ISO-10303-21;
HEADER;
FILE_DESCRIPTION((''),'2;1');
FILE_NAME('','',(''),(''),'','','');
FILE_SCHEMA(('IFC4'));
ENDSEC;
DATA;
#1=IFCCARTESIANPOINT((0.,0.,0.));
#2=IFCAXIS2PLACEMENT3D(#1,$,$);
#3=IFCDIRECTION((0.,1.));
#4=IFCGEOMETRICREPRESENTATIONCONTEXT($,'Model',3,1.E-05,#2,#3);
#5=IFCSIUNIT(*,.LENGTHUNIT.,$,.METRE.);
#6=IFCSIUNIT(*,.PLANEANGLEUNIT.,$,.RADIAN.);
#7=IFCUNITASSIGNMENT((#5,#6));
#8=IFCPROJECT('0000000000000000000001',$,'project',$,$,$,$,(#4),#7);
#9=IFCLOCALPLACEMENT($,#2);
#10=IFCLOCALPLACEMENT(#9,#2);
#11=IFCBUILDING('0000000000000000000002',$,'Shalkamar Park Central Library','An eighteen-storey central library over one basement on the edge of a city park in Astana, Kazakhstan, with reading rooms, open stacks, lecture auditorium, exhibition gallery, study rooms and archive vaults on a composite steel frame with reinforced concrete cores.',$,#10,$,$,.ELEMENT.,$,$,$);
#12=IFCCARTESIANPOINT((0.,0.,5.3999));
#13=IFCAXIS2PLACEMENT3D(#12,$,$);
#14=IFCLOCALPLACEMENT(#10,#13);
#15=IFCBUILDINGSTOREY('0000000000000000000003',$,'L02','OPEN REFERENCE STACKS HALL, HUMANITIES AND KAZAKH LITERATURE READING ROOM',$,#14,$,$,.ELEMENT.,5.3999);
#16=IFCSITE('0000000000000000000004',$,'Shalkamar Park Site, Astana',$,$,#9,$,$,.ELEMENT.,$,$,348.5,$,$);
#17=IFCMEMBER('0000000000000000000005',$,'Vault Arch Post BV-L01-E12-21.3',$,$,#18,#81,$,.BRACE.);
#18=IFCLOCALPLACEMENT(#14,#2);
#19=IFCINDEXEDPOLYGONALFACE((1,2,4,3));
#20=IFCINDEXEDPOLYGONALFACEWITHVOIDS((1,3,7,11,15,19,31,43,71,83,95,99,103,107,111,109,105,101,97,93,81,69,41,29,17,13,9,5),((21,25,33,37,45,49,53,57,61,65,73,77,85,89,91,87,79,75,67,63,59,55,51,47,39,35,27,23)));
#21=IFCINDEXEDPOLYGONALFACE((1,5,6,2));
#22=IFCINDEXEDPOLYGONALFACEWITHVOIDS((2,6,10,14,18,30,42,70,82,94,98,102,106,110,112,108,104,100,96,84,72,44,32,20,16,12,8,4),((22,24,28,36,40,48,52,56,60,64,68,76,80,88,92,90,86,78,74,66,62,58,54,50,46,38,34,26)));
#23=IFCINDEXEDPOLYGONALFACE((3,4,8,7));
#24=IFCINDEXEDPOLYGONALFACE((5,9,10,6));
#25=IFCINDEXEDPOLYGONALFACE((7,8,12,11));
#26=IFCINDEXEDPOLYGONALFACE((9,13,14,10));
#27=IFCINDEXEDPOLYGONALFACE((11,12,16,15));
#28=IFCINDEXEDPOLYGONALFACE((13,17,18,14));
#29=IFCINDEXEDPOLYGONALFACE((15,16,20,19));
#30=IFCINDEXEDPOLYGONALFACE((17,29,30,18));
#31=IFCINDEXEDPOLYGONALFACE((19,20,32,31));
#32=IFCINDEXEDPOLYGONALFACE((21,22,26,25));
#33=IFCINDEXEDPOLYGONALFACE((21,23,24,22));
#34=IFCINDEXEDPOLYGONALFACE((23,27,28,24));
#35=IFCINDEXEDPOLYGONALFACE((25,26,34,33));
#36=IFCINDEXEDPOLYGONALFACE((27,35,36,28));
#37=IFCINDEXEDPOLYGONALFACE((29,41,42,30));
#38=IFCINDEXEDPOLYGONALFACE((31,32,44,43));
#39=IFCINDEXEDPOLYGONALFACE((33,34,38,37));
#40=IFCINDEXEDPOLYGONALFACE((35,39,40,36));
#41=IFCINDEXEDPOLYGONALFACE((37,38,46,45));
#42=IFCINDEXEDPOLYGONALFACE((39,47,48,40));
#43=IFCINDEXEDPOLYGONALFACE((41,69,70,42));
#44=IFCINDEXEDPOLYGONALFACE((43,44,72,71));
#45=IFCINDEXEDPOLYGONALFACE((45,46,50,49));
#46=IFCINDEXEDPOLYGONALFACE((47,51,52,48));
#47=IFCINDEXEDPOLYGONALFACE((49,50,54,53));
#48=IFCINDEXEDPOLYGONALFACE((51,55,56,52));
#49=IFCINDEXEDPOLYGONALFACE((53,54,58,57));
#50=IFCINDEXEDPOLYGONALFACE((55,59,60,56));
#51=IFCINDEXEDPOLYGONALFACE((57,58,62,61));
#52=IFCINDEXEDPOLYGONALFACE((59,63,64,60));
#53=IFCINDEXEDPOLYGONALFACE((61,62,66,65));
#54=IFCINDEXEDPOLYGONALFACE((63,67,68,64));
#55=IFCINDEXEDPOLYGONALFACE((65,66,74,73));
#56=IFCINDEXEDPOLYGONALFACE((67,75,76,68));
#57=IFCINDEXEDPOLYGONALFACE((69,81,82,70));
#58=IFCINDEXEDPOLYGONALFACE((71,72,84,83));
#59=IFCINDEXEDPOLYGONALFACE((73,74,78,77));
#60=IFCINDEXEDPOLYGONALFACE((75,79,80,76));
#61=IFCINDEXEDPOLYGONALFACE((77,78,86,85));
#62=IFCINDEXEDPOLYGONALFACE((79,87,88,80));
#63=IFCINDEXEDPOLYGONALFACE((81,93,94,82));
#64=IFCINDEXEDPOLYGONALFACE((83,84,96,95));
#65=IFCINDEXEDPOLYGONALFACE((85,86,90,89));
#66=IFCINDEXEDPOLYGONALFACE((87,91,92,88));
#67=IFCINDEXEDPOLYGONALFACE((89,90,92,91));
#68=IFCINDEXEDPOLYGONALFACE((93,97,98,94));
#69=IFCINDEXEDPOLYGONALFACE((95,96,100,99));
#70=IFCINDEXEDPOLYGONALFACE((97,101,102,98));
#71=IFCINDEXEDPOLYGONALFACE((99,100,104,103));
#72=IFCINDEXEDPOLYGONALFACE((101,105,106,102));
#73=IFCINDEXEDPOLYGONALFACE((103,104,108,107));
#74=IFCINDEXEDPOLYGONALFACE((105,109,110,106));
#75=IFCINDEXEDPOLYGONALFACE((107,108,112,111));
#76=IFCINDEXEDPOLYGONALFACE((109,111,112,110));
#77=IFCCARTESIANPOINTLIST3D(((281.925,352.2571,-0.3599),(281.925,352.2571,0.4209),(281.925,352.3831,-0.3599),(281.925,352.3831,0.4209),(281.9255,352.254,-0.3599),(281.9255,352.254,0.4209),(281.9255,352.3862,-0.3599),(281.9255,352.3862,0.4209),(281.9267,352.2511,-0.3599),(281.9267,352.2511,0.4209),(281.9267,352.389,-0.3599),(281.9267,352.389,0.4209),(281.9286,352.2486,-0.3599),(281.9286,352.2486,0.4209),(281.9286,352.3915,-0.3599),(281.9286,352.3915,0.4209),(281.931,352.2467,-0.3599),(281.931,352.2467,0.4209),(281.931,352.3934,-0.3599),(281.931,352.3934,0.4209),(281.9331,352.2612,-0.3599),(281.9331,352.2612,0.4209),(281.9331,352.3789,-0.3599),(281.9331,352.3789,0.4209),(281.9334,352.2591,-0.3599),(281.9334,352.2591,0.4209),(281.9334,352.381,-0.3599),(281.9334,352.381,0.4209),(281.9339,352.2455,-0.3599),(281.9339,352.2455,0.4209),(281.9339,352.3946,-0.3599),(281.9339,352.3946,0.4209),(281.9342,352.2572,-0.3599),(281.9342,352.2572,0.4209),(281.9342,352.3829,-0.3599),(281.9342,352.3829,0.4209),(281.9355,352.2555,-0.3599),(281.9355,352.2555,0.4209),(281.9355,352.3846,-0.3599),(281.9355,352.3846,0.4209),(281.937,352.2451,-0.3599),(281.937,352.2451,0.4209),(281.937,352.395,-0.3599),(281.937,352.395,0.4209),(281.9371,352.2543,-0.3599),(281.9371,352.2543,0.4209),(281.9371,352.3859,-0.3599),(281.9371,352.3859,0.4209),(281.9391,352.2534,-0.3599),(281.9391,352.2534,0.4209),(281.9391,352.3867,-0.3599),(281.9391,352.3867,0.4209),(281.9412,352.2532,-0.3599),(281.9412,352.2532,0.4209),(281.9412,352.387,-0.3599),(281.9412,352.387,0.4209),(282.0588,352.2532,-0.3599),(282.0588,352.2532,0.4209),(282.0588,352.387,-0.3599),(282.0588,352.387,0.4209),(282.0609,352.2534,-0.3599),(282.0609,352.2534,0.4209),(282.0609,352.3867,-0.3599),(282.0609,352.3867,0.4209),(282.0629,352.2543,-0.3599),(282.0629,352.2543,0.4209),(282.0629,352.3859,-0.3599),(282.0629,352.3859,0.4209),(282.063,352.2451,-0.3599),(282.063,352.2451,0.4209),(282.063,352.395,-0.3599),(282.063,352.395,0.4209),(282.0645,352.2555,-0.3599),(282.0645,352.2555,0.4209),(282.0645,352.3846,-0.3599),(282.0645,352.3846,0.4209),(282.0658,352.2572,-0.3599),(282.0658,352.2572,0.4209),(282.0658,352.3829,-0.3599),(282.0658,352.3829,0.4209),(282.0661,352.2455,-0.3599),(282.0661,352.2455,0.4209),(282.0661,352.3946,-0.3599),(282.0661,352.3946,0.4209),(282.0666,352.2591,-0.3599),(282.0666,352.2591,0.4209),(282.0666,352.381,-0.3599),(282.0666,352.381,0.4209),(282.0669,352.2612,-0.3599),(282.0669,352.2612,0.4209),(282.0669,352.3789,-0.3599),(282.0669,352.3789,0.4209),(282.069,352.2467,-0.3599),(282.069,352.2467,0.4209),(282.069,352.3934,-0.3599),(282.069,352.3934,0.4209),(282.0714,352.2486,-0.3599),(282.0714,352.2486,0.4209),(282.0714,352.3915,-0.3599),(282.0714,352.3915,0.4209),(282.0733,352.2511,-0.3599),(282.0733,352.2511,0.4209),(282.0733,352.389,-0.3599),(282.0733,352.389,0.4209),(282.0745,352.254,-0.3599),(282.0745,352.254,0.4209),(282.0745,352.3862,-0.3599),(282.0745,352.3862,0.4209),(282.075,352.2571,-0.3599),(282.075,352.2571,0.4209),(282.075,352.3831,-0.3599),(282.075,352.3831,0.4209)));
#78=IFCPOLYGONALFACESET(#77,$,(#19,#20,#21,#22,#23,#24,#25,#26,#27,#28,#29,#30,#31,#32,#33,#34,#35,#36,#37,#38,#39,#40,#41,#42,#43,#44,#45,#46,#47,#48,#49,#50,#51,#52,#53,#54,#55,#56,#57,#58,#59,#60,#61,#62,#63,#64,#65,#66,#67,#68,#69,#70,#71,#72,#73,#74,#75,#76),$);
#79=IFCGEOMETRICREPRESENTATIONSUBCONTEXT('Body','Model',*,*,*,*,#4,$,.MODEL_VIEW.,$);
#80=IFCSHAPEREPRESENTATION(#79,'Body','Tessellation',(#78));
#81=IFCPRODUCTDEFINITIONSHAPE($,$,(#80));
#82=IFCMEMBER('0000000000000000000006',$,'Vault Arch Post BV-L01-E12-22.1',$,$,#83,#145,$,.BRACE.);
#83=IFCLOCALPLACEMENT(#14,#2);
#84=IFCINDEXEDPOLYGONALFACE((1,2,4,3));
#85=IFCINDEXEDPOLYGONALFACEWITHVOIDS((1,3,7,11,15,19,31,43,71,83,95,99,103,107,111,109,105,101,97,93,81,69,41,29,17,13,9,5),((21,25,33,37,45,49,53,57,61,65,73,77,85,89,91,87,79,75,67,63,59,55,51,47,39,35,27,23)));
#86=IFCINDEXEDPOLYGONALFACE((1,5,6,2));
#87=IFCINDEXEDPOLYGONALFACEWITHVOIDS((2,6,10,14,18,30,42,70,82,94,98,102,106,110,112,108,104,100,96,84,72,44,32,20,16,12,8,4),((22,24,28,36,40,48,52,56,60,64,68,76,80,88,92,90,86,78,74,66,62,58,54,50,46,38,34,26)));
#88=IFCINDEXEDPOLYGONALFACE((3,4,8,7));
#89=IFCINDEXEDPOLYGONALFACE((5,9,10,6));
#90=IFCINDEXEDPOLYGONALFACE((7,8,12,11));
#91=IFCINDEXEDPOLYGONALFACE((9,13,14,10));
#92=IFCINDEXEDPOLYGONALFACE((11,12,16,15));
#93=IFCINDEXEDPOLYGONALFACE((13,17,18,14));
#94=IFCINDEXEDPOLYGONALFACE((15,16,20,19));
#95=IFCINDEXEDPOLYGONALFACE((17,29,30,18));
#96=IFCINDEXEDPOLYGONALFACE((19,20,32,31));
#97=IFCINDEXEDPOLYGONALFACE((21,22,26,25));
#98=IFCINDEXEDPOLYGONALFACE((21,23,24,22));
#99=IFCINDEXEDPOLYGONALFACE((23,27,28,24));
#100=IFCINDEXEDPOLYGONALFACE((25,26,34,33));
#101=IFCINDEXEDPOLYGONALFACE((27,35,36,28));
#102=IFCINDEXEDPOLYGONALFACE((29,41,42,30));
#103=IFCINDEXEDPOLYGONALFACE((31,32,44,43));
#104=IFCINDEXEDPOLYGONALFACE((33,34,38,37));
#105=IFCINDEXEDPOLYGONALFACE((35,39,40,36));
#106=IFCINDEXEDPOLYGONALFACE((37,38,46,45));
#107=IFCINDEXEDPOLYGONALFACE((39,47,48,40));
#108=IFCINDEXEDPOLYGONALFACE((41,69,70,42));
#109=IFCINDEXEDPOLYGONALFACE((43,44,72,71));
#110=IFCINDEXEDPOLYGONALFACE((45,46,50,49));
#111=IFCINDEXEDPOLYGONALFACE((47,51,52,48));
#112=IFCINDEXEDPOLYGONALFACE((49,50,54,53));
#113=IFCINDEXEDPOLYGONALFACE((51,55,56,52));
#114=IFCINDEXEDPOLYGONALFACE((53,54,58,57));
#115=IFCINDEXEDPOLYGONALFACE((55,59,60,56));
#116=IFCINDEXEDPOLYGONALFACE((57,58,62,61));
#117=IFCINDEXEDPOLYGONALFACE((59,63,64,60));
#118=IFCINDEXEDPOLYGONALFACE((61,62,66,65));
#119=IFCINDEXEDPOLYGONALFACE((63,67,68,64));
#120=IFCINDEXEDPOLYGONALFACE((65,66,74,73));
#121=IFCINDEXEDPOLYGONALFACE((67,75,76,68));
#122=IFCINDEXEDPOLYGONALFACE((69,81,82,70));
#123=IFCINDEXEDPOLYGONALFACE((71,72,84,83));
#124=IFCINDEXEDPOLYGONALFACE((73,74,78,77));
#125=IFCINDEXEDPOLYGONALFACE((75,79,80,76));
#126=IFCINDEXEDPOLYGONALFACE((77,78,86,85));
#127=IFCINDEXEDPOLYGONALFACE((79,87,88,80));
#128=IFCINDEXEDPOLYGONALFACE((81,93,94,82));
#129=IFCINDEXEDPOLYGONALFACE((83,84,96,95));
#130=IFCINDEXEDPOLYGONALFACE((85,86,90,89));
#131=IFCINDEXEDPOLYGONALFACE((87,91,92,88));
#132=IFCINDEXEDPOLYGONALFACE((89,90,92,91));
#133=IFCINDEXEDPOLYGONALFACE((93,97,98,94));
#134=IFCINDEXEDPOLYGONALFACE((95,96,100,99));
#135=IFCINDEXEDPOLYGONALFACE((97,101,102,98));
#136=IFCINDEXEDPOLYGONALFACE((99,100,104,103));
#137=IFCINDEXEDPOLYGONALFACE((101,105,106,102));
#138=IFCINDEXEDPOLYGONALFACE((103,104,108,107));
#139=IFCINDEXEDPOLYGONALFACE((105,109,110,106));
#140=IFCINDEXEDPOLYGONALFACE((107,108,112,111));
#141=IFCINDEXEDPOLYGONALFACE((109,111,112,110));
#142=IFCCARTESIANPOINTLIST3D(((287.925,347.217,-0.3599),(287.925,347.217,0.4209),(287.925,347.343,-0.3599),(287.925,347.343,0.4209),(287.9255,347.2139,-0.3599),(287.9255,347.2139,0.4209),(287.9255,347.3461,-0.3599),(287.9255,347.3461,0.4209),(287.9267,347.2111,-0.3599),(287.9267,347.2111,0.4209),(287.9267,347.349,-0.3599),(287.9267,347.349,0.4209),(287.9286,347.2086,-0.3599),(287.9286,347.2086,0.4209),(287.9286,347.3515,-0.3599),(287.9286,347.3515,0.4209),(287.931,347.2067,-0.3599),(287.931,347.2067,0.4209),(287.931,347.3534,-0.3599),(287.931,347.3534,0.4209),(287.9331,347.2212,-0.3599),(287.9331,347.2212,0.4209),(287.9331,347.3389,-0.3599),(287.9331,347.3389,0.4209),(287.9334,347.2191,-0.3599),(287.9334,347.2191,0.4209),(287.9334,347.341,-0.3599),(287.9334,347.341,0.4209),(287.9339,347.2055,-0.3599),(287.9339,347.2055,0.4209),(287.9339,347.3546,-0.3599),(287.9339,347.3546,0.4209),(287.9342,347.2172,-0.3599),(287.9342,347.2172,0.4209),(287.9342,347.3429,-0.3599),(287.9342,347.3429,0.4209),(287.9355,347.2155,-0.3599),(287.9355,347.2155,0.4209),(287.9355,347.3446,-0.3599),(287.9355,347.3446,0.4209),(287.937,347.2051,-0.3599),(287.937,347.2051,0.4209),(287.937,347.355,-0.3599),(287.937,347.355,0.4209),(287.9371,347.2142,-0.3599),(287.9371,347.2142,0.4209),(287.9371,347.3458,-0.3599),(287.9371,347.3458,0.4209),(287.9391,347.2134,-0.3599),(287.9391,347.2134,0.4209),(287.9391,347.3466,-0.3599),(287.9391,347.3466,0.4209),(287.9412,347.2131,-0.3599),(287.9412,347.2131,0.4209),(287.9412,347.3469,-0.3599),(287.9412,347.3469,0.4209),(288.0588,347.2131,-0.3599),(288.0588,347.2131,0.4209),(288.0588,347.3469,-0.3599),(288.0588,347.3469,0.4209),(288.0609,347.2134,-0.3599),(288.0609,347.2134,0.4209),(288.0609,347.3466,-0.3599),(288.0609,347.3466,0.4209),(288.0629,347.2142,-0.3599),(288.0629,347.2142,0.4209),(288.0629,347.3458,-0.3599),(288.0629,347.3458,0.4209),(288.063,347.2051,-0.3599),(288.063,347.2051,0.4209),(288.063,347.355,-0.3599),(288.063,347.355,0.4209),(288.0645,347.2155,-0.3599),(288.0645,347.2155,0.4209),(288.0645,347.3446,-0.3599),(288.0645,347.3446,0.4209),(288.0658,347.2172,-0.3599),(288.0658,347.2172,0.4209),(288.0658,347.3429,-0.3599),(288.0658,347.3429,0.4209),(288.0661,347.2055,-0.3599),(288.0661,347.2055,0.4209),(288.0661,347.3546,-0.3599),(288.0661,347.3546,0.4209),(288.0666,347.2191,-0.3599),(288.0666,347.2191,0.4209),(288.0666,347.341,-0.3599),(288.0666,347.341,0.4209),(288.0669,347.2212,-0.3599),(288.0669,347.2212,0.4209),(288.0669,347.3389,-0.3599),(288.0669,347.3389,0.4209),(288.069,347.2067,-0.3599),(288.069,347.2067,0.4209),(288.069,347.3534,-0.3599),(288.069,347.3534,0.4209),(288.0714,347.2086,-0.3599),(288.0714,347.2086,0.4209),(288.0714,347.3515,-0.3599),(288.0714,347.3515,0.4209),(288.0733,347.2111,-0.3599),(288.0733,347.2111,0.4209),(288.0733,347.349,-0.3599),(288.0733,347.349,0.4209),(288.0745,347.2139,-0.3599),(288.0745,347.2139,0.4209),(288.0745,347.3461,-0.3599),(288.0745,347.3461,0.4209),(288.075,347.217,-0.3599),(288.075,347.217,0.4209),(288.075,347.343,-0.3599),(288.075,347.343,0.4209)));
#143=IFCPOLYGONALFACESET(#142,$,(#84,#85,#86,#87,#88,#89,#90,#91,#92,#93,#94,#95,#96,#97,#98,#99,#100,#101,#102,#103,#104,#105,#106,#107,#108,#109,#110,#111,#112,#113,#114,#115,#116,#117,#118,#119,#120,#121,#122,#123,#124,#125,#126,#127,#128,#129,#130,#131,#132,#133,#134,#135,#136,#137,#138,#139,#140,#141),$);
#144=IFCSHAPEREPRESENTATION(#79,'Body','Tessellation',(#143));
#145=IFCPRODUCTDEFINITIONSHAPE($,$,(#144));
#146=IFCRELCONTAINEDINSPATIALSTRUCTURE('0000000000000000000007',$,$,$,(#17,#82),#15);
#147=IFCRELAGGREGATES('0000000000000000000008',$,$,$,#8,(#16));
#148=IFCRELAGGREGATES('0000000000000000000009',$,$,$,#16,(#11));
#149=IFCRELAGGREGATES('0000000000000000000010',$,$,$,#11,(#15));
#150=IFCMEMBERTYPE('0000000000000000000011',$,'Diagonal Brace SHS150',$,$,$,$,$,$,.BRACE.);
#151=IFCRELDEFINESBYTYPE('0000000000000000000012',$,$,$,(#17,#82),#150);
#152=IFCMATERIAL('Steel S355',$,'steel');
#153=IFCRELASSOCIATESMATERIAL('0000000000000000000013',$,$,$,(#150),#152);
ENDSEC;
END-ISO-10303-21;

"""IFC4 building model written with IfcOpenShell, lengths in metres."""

from ifc_helpers import new_model, si_unit, direction, frame, origin, origin_2d, place, context, subcontext, project, spatial, hollow_rectangle, extrude, material, material_profile, profile_set, type_object, element, save


model = new_model("IFC4")

# Units and contexts
model_context = context("Model", 3, precision=1e-05, world=origin(), true_north=direction((0.0, 1.0)))
body_context = subcontext(model_context, "Body", "Model", "MODEL_VIEW")
ifc_project = project(units=[si_unit("LENGTHUNIT", "METRE"), si_unit("PLANEANGLEUNIT", "RADIAN")], contexts=[model_context])

# Site, building, storey
site_placement = place(None, origin())
site = spatial("IfcSite", under=ifc_project, at=site_placement, Name="Shalkamar Park Site, Astana", CompositionType="ELEMENT", RefElevation=348.5)
building_placement = place(site_placement, origin())
building = spatial("IfcBuilding", under=site, at=building_placement, Name="Shalkamar Park Central Library", Description="An eighteen-storey central library over one basement on the edge of a city park in Astana, Kazakhstan, with reading rooms, open stacks, lecture auditorium, exhibition gallery, study rooms and archive vaults on a composite steel frame with reinforced concrete cores.", CompositionType="ELEMENT")
storey_placement = place(building_placement, frame((0.0, 0.0, 5.3999)))
storey = spatial("IfcBuildingStorey", under=building, at=storey_placement, Name="L02", Description="OPEN REFERENCE STACKS HALL, HUMANITIES AND KAZAKH LITERATURE READING ROOM", CompositionType="ELEMENT", Elevation=5.3999)

# Members
ifc_material_1 = material(Name="Steel S355", Category="steel")
ifc_material_profile_1 = material_profile(ifc_material_1, hollow_rectangle(XDim=0.1499, YDim=0.1499, WallThickness=0.0081, InnerFilletRadius=0.0081, OuterFilletRadius=0.012, at=origin_2d()), Name="SHS 150x150x8")
ifc_profile_set_1 = profile_set([ifc_material_profile_1], Name="Steel S355")
member_type_1 = type_object("IfcMemberType", Name="Diagonal Brace SHS150", PredefinedType="BRACE", material=ifc_profile_set_1)
for number, where, z_axis, x_axis, name in (
    (1, (282.0, 352.3201, -0.3599), (0.0, 0.0, 1.0), (1.0, 0.0, 0.0), "Vault Arch Post BV-L01-E12-21.3"),
    (2, (288.0, 347.28, -0.3599), (0.0, 0.0, 1.0), (1.0, 0.0, 0.0), "Vault Arch Post BV-L01-E12-22.1"),
):
    element("IfcMember", number, at=place(storey_placement, frame(where, z_axis=z_axis, x_axis=x_axis)), inside=storey, type_object=member_type_1, Name=name, PredefinedType="BRACE", context=body_context, shape_type="SweptSolid", body=[
        extrude(hollow_rectangle(XDim=0.1499, YDim=0.1499, WallThickness=0.0081, InnerFilletRadius=0.0081, OuterFilletRadius=0.012, at=origin_2d()), origin(), (0.0, 0.0, 1.0), 0.7808),
    ])

save(model, "model.ifc")
